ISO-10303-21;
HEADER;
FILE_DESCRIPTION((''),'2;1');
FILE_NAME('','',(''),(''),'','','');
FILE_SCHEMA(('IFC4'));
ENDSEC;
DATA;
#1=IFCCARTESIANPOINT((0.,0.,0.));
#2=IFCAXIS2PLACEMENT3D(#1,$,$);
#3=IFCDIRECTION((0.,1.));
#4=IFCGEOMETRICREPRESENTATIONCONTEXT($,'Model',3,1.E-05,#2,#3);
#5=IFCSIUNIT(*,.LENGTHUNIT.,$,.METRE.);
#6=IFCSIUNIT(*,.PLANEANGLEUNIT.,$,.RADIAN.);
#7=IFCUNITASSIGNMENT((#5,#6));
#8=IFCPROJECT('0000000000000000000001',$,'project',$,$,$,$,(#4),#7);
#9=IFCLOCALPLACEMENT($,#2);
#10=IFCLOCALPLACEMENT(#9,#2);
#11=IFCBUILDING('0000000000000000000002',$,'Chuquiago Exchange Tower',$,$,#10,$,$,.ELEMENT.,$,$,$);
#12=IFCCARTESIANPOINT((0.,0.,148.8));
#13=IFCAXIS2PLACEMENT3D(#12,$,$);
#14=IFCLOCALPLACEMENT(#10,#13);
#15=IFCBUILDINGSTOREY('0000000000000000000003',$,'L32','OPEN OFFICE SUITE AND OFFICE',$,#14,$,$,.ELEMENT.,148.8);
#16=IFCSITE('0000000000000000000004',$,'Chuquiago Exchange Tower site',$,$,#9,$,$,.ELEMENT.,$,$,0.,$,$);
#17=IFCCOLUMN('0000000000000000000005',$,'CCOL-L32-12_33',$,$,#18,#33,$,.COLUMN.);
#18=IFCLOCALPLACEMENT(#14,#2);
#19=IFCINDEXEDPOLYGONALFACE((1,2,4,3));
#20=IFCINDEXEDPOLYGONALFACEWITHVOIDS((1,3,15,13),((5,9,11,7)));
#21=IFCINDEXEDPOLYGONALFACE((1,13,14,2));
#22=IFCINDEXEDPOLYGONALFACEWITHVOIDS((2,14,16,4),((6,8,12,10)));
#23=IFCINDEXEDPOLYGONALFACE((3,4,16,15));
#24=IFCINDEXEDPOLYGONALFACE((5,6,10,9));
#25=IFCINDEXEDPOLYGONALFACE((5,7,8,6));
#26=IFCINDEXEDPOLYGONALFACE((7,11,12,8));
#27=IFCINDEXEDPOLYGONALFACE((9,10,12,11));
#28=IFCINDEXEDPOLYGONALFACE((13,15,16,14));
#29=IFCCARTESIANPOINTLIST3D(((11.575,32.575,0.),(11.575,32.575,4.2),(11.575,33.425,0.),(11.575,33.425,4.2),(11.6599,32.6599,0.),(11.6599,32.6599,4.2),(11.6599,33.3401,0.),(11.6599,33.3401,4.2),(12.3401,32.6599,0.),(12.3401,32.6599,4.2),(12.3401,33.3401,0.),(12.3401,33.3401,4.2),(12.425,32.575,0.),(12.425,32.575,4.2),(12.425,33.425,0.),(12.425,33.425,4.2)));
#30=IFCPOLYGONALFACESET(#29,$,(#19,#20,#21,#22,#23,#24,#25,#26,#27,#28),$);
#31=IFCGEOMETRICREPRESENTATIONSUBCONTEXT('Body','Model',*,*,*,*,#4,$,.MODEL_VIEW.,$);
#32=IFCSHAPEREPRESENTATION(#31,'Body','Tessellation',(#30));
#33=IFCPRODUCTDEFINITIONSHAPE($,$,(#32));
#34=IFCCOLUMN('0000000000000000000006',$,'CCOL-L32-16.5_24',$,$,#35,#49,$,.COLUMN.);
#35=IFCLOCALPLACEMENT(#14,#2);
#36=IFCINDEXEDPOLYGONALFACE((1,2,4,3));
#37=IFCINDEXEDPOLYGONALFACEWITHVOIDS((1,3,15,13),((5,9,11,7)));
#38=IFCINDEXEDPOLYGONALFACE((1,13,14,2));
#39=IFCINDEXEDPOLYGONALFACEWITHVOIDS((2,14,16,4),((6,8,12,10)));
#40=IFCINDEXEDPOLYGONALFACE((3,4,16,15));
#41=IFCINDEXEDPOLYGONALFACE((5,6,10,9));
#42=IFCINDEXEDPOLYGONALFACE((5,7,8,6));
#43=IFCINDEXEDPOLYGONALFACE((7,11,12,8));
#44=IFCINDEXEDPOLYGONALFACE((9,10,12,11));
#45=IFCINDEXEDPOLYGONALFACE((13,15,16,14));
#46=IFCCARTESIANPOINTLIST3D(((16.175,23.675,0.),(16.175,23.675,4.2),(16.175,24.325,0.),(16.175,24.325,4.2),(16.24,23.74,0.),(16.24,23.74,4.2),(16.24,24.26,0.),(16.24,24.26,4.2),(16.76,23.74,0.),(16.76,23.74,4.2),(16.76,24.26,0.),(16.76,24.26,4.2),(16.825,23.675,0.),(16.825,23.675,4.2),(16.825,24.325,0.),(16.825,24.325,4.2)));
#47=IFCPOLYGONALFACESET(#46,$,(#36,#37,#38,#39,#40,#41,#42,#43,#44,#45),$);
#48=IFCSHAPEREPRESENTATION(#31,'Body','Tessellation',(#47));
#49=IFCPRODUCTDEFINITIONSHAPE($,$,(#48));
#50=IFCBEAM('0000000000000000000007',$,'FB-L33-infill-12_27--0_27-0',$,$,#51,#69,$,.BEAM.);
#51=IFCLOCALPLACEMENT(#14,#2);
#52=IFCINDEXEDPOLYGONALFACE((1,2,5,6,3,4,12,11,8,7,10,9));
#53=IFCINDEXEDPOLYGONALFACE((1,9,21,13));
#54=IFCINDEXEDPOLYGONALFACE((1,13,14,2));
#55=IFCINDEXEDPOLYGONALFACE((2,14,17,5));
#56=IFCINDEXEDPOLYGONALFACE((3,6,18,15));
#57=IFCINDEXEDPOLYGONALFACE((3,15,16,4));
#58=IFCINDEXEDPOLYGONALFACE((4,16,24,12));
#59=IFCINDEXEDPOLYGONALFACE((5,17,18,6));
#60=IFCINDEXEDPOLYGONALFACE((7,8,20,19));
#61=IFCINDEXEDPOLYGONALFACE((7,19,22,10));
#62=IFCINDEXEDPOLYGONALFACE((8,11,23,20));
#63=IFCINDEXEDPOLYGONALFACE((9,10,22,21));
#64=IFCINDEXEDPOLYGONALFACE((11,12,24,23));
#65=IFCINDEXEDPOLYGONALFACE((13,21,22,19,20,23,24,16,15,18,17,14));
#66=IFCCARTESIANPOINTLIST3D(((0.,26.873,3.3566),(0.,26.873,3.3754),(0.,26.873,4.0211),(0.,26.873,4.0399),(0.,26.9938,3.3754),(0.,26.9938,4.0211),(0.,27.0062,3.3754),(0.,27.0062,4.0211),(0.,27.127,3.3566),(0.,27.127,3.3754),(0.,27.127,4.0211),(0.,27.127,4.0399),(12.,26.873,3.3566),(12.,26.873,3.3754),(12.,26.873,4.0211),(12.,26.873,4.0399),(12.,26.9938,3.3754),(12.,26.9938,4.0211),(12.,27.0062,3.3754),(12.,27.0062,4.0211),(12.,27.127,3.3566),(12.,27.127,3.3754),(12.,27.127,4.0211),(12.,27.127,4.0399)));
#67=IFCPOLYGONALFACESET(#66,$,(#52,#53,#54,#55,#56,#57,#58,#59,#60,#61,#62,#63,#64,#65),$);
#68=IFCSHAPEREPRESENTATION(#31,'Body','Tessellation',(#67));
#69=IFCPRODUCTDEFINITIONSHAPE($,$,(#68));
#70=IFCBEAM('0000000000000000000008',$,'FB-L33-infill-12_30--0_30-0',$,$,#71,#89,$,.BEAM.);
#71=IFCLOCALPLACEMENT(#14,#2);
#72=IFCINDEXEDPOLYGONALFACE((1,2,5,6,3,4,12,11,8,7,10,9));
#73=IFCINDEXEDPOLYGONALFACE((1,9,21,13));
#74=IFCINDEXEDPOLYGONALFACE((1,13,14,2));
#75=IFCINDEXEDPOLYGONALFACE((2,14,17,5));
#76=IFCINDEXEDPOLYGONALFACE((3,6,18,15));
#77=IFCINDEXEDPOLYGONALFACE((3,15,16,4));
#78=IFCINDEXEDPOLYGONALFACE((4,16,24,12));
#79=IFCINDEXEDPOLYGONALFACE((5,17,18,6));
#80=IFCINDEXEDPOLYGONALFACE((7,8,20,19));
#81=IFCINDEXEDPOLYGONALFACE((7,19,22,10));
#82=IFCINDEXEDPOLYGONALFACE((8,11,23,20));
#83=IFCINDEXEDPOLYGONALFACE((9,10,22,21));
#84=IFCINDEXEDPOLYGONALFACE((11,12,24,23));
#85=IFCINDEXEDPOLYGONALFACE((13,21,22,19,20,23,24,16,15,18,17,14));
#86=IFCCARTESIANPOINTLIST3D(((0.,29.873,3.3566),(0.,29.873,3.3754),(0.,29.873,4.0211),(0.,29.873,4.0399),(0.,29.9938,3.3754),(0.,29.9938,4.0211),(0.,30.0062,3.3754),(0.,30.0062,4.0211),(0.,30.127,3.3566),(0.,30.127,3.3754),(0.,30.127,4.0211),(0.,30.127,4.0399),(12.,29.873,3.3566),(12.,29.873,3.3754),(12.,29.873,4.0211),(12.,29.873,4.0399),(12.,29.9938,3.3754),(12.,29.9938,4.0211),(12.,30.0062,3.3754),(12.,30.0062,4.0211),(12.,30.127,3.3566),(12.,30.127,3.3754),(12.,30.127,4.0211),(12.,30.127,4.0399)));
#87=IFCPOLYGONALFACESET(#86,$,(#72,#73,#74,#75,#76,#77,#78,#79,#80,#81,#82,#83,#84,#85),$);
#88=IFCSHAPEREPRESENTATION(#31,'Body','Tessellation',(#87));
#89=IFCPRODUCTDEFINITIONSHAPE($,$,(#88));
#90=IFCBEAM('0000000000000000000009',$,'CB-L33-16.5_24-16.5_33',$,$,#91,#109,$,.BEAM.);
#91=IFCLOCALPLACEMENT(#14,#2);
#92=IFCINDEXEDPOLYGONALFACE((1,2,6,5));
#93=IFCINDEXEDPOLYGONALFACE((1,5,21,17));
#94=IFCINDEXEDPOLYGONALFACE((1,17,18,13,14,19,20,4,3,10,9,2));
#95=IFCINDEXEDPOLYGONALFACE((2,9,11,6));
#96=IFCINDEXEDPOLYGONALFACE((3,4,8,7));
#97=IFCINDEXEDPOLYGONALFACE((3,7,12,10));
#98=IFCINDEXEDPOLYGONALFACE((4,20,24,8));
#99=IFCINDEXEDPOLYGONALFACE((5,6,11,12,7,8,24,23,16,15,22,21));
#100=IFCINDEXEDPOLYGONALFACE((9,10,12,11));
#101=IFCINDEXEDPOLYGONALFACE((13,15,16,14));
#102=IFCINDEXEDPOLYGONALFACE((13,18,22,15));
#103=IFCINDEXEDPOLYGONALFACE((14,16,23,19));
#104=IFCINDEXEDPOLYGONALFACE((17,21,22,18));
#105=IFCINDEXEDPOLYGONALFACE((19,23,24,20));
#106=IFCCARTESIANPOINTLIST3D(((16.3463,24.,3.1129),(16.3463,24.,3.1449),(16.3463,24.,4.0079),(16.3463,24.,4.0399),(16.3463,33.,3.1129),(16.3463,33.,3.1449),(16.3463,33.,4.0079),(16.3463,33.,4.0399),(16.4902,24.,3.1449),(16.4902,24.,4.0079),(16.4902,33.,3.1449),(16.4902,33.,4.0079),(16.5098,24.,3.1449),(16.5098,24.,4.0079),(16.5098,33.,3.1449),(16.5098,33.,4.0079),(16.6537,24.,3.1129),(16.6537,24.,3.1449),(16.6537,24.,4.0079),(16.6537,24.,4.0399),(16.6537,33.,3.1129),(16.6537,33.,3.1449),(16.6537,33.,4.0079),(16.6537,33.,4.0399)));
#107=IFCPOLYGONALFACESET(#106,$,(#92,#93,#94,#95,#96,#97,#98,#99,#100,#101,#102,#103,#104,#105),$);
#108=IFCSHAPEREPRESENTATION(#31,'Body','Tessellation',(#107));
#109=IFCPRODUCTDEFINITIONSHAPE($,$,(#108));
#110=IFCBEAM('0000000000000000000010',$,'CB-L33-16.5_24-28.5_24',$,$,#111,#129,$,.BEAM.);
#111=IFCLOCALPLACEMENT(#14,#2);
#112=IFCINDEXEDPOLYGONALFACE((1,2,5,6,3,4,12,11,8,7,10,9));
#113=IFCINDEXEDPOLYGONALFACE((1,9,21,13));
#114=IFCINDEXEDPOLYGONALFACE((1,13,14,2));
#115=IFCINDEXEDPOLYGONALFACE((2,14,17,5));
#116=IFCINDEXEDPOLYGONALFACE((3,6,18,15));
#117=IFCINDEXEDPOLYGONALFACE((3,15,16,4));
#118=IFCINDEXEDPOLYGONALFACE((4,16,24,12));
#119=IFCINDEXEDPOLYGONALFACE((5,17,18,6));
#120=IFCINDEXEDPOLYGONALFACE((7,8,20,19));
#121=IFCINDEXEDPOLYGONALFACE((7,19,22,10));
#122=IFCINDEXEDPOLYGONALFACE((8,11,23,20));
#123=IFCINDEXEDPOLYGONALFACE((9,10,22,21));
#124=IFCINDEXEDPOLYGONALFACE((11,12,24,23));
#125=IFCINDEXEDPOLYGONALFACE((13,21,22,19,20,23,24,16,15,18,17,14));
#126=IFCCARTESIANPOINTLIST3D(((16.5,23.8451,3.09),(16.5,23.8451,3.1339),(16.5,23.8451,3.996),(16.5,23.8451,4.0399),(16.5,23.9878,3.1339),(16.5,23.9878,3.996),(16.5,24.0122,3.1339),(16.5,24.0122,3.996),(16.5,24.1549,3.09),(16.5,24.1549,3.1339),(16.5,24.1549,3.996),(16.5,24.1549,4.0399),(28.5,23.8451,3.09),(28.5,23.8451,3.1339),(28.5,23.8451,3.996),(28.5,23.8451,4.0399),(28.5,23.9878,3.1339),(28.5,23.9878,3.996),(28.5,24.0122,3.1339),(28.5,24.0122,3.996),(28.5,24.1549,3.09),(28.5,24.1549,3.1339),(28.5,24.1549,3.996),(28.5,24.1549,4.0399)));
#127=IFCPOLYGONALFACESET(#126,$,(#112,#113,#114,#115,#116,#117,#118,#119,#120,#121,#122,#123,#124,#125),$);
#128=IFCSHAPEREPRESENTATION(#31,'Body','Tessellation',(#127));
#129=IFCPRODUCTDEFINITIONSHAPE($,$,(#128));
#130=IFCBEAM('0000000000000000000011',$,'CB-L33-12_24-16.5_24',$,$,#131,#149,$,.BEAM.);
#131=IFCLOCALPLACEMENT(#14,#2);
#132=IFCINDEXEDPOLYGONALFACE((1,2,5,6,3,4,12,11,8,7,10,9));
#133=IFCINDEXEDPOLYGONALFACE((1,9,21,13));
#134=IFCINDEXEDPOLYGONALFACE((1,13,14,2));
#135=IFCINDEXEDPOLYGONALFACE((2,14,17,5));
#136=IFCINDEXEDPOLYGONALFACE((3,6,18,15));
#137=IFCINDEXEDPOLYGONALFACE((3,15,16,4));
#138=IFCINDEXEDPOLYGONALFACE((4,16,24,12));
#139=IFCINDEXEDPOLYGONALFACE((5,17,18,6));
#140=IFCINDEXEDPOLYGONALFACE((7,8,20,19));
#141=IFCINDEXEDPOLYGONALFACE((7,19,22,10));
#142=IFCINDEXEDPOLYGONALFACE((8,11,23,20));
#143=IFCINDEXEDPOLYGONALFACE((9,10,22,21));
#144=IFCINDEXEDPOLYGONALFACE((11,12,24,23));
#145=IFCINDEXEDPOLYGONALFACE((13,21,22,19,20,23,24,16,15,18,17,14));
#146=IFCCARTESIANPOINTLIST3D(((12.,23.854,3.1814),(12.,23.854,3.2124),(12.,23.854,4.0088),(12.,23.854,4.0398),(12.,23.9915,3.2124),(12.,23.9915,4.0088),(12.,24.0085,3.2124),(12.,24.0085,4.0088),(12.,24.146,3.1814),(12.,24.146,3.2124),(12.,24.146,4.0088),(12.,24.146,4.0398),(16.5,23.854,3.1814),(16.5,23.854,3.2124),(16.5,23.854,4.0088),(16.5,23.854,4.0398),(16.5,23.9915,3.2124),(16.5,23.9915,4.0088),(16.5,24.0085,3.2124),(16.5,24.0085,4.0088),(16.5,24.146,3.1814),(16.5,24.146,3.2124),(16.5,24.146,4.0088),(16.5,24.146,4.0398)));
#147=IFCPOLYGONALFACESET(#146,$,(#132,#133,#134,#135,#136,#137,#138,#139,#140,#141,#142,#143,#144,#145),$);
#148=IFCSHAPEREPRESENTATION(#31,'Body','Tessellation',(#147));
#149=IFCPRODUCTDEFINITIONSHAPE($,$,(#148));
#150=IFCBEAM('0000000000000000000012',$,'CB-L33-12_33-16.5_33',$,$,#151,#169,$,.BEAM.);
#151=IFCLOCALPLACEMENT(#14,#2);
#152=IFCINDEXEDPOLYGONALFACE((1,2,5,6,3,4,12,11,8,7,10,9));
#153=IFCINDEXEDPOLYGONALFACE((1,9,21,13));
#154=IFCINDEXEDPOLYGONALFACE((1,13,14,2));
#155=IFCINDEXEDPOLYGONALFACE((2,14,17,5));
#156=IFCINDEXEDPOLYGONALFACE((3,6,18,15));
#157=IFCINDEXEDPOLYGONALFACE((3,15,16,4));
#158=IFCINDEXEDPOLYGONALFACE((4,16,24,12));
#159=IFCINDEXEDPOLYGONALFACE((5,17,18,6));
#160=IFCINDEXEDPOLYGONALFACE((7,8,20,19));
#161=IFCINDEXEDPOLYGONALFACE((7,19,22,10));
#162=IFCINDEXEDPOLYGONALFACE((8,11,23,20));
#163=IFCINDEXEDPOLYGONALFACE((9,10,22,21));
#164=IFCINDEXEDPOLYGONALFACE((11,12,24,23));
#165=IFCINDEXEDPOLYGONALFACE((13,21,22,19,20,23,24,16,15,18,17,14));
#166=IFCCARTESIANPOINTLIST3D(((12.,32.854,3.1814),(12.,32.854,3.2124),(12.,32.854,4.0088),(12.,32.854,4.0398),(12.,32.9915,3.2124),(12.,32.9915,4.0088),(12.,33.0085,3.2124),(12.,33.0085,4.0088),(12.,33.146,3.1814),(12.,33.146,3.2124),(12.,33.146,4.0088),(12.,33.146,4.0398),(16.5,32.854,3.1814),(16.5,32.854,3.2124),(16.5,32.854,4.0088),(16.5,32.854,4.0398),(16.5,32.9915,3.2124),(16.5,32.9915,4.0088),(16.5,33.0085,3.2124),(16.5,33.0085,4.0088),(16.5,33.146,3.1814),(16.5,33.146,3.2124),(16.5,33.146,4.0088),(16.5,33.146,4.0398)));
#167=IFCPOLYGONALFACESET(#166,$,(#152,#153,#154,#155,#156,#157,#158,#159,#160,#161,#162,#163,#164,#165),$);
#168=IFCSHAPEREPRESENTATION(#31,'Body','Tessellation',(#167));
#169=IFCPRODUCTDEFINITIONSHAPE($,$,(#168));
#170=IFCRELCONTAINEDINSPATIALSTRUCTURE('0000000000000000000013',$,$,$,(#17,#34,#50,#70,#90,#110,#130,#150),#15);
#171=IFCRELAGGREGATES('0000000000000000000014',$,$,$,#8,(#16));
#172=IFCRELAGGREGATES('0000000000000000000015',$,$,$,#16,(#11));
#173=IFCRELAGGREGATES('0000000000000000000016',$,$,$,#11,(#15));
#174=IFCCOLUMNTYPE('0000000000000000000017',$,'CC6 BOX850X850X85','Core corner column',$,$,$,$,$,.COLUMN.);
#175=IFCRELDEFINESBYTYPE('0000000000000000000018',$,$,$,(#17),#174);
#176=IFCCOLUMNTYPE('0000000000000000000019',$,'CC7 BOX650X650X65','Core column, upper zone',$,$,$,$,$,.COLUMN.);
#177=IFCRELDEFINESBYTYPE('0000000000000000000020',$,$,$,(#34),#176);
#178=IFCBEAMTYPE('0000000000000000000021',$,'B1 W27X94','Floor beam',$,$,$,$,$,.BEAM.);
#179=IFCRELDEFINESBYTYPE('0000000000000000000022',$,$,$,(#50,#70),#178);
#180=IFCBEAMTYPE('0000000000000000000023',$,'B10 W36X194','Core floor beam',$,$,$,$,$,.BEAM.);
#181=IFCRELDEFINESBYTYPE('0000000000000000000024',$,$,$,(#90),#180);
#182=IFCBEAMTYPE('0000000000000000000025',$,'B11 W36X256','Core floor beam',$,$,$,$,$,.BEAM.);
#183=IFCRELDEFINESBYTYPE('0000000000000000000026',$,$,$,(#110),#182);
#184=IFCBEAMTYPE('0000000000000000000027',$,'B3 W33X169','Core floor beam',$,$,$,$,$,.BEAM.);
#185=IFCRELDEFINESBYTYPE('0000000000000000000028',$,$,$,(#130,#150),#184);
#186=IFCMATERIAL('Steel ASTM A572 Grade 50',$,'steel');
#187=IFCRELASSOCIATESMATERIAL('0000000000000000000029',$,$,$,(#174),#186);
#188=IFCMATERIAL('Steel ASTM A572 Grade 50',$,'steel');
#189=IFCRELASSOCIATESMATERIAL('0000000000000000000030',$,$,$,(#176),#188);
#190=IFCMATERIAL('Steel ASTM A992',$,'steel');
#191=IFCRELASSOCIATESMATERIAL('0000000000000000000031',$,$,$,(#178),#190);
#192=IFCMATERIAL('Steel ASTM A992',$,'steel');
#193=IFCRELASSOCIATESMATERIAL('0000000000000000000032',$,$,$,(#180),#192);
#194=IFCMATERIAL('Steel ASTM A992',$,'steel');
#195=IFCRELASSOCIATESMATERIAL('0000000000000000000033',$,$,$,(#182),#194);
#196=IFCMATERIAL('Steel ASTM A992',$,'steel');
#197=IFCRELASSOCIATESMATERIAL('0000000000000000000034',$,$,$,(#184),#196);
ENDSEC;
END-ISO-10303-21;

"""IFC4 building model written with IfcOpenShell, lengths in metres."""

from ifc_helpers import new_model, si_unit, direction, frame, origin, origin_2d, place, context, subcontext, project, spatial, hollow_rectangle, i_section, extrude, material, material_profile, profile_set, type_object, element, save


model = new_model("IFC4")

# Units and contexts
model_context = context("Model", 3, precision=1e-05, world=origin(), true_north=direction((0.0, 1.0)))
body_context = subcontext(model_context, "Body", "Model", "MODEL_VIEW")
ifc_project = project(units=[si_unit("LENGTHUNIT", "METRE"), si_unit("PLANEANGLEUNIT", "RADIAN")], contexts=[model_context])

# Site, building, storey
site_placement = place(None, origin())
site = spatial("IfcSite", under=ifc_project, at=site_placement, Name="Chuquiago Exchange Tower site", CompositionType="ELEMENT", RefElevation=0.0)
building_placement = place(site_placement, origin())
building = spatial("IfcBuilding", under=site, at=building_placement, Name="Chuquiago Exchange Tower", CompositionType="ELEMENT")
storey_placement = place(building_placement, frame((0.0, 0.0, 148.8)))
storey = spatial("IfcBuildingStorey", under=building, at=storey_placement, Name="L32", Description="OPEN OFFICE SUITE AND OFFICE", CompositionType="ELEMENT", Elevation=148.8)

# Columns
ifc_material_1 = material(Name="Steel ASTM A572 Grade 50", Category="steel")
ifc_material_profile_1 = material_profile(ifc_material_1, hollow_rectangle(XDim=0.8501, YDim=0.8501, WallThickness=0.085, at=origin_2d()), Name="BOX850X850X85")
ifc_profile_set_1 = profile_set([ifc_material_profile_1], Name="Steel ASTM A572 Grade 50")
column_type_1 = type_object("IfcColumnType", Name="CC6 BOX850X850X85", Description="Core corner column", PredefinedType="COLUMN", material=ifc_profile_set_1)
column_1_placement = place(storey_placement, frame((12.0, 33.0, 0.0), z_axis=(0.0, 0.0, 1.0), x_axis=(1.0, 0.0, 0.0)))
element("IfcColumn", 1, at=column_1_placement, inside=storey, type_object=column_type_1, Name="CCOL-L32-12_33", PredefinedType="COLUMN", context=body_context, shape_type="SweptSolid", body=[
    extrude(hollow_rectangle(XDim=0.8501, YDim=0.8501, WallThickness=0.085, at=origin_2d()), origin(), (0.0, 0.0, 1.0), 4.2),
])
ifc_material_2 = material(Name="Steel ASTM A572 Grade 50", Category="steel")
ifc_material_profile_2 = material_profile(ifc_material_2, hollow_rectangle(XDim=0.6499, YDim=0.6499, WallThickness=0.0649, at=origin_2d()), Name="BOX650X650X65")
ifc_profile_set_2 = profile_set([ifc_material_profile_2], Name="Steel ASTM A572 Grade 50")
column_type_2 = type_object("IfcColumnType", Name="CC7 BOX650X650X65", Description="Core column, upper zone", PredefinedType="COLUMN", material=ifc_profile_set_2)
column_2_placement = place(storey_placement, frame((16.5, 24.0, 0.0), z_axis=(0.0, 0.0, 1.0), x_axis=(1.0, 0.0, 0.0)))
element("IfcColumn", 2, at=column_2_placement, inside=storey, type_object=column_type_2, Name="CCOL-L32-16.5_24", PredefinedType="COLUMN", context=body_context, shape_type="SweptSolid", body=[
    extrude(hollow_rectangle(XDim=0.6499, YDim=0.6499, WallThickness=0.0649, at=origin_2d()), origin(), (0.0, 0.0, 1.0), 4.2),
])

# Beams
ifc_material_3 = material(Name="Steel ASTM A992", Category="steel")
ifc_material_profile_3 = material_profile(ifc_material_3, i_section(OverallWidth=0.2539, OverallDepth=0.6833, WebThickness=0.0125, FlangeThickness=0.0188, at=origin_2d()), Name="W27X94")
ifc_profile_set_3 = profile_set([ifc_material_profile_3], Name="Steel ASTM A992")
beam_type_1 = type_object("IfcBeamType", Name="B1 W27X94", Description="Floor beam", PredefinedType="BEAM", material=ifc_profile_set_3)
for number, where, z_axis, x_axis, name in (
    (3, (12.0, 27.0, 3.6982), (-1.0, 0.0, 0.0), (0.0, -1.0, 0.0), "FB-L33-infill-12_27--0_27-0"),
    (4, (12.0, 30.0, 3.6982), (-1.0, 0.0, 0.0), (0.0, -1.0, 0.0), "FB-L33-infill-12_30--0_30-0"),
):
    element("IfcBeam", number, at=place(storey_placement, frame(where, z_axis=z_axis, x_axis=x_axis)), inside=storey, type_object=beam_type_1, Name=name, PredefinedType="BEAM", context=body_context, shape_type="SweptSolid", body=[
        extrude(i_section(OverallWidth=0.2539, OverallDepth=0.6833, WebThickness=0.0125, FlangeThickness=0.0188, at=origin_2d()), origin(), (0.0, 0.0, 1.0), 12.0),
    ])
ifc_material_4 = material(Name="Steel ASTM A992", Category="steel")
ifc_material_profile_4 = material_profile(ifc_material_4, i_section(OverallWidth=0.3074, OverallDepth=0.927, WebThickness=0.0195, FlangeThickness=0.032, at=origin_2d()), Name="W36X194")
ifc_profile_set_4 = profile_set([ifc_material_profile_4], Name="Steel ASTM A992")
beam_type_2 = type_object("IfcBeamType", Name="B10 W36X194", Description="Core floor beam", PredefinedType="BEAM", material=ifc_profile_set_4)
beam_1_placement = place(storey_placement, frame((16.5, 24.0, 3.5764), z_axis=(0.0, 1.0, 0.0), x_axis=(-1.0, 0.0, 0.0)))
element("IfcBeam", 5, at=beam_1_placement, inside=storey, type_object=beam_type_2, Name="CB-L33-16.5_24-16.5_33", PredefinedType="BEAM", context=body_context, shape_type="SweptSolid", body=[
    extrude(i_section(OverallWidth=0.3074, OverallDepth=0.927, WebThickness=0.0195, FlangeThickness=0.032, at=origin_2d()), origin(), (0.0, 0.0, 1.0), 9.0),
])
ifc_material_5 = material(Name="Steel ASTM A992", Category="steel")
ifc_material_profile_5 = material_profile(ifc_material_5, i_section(OverallWidth=0.3098, OverallDepth=0.95, WebThickness=0.0244, FlangeThickness=0.0439, at=origin_2d()), Name="W36X256")
ifc_profile_set_5 = profile_set([ifc_material_profile_5], Name="Steel ASTM A992")
beam_type_3 = type_object("IfcBeamType", Name="B11 W36X256", Description="Core floor beam", PredefinedType="BEAM", material=ifc_profile_set_5)
beam_2_placement = place(storey_placement, frame((16.5, 24.0, 3.5649), z_axis=(1.0, 0.0, 0.0), x_axis=(0.0, 1.0, 0.0)))
element("IfcBeam", 6, at=beam_2_placement, inside=storey, type_object=beam_type_3, Name="CB-L33-16.5_24-28.5_24", PredefinedType="BEAM", context=body_context, shape_type="SweptSolid", body=[
    extrude(i_section(OverallWidth=0.3098, OverallDepth=0.95, WebThickness=0.0244, FlangeThickness=0.0439, at=origin_2d()), origin(), (0.0, 0.0, 1.0), 12.0),
])
ifc_material_6 = material(Name="Steel ASTM A992", Category="steel")
ifc_material_profile_6 = material_profile(ifc_material_6, i_section(OverallWidth=0.292, OverallDepth=0.8584, WebThickness=0.0171, FlangeThickness=0.031, at=origin_2d()), Name="W33X169")
ifc_profile_set_6 = profile_set([ifc_material_profile_6], Name="Steel ASTM A992")
beam_type_4 = type_object("IfcBeamType", Name="B3 W33X169", Description="Core floor beam", PredefinedType="BEAM", material=ifc_profile_set_6)
for number, where, z_axis, x_axis, name in (
    (7, (12.0, 24.0, 3.6106), (1.0, 0.0, 0.0), (0.0, 1.0, 0.0), "CB-L33-12_24-16.5_24"),
    (8, (12.0, 33.0, 3.6106), (1.0, 0.0, 0.0), (0.0, 1.0, 0.0), "CB-L33-12_33-16.5_33"),
):
    element("IfcBeam", number, at=place(storey_placement, frame(where, z_axis=z_axis, x_axis=x_axis)), inside=storey, type_object=beam_type_4, Name=name, PredefinedType="BEAM", context=body_context, shape_type="SweptSolid", body=[
        extrude(i_section(OverallWidth=0.292, OverallDepth=0.8584, WebThickness=0.0171, FlangeThickness=0.031, at=origin_2d()), origin(), (0.0, 0.0, 1.0), 4.5),
    ])

save(model, "model.ifc")
